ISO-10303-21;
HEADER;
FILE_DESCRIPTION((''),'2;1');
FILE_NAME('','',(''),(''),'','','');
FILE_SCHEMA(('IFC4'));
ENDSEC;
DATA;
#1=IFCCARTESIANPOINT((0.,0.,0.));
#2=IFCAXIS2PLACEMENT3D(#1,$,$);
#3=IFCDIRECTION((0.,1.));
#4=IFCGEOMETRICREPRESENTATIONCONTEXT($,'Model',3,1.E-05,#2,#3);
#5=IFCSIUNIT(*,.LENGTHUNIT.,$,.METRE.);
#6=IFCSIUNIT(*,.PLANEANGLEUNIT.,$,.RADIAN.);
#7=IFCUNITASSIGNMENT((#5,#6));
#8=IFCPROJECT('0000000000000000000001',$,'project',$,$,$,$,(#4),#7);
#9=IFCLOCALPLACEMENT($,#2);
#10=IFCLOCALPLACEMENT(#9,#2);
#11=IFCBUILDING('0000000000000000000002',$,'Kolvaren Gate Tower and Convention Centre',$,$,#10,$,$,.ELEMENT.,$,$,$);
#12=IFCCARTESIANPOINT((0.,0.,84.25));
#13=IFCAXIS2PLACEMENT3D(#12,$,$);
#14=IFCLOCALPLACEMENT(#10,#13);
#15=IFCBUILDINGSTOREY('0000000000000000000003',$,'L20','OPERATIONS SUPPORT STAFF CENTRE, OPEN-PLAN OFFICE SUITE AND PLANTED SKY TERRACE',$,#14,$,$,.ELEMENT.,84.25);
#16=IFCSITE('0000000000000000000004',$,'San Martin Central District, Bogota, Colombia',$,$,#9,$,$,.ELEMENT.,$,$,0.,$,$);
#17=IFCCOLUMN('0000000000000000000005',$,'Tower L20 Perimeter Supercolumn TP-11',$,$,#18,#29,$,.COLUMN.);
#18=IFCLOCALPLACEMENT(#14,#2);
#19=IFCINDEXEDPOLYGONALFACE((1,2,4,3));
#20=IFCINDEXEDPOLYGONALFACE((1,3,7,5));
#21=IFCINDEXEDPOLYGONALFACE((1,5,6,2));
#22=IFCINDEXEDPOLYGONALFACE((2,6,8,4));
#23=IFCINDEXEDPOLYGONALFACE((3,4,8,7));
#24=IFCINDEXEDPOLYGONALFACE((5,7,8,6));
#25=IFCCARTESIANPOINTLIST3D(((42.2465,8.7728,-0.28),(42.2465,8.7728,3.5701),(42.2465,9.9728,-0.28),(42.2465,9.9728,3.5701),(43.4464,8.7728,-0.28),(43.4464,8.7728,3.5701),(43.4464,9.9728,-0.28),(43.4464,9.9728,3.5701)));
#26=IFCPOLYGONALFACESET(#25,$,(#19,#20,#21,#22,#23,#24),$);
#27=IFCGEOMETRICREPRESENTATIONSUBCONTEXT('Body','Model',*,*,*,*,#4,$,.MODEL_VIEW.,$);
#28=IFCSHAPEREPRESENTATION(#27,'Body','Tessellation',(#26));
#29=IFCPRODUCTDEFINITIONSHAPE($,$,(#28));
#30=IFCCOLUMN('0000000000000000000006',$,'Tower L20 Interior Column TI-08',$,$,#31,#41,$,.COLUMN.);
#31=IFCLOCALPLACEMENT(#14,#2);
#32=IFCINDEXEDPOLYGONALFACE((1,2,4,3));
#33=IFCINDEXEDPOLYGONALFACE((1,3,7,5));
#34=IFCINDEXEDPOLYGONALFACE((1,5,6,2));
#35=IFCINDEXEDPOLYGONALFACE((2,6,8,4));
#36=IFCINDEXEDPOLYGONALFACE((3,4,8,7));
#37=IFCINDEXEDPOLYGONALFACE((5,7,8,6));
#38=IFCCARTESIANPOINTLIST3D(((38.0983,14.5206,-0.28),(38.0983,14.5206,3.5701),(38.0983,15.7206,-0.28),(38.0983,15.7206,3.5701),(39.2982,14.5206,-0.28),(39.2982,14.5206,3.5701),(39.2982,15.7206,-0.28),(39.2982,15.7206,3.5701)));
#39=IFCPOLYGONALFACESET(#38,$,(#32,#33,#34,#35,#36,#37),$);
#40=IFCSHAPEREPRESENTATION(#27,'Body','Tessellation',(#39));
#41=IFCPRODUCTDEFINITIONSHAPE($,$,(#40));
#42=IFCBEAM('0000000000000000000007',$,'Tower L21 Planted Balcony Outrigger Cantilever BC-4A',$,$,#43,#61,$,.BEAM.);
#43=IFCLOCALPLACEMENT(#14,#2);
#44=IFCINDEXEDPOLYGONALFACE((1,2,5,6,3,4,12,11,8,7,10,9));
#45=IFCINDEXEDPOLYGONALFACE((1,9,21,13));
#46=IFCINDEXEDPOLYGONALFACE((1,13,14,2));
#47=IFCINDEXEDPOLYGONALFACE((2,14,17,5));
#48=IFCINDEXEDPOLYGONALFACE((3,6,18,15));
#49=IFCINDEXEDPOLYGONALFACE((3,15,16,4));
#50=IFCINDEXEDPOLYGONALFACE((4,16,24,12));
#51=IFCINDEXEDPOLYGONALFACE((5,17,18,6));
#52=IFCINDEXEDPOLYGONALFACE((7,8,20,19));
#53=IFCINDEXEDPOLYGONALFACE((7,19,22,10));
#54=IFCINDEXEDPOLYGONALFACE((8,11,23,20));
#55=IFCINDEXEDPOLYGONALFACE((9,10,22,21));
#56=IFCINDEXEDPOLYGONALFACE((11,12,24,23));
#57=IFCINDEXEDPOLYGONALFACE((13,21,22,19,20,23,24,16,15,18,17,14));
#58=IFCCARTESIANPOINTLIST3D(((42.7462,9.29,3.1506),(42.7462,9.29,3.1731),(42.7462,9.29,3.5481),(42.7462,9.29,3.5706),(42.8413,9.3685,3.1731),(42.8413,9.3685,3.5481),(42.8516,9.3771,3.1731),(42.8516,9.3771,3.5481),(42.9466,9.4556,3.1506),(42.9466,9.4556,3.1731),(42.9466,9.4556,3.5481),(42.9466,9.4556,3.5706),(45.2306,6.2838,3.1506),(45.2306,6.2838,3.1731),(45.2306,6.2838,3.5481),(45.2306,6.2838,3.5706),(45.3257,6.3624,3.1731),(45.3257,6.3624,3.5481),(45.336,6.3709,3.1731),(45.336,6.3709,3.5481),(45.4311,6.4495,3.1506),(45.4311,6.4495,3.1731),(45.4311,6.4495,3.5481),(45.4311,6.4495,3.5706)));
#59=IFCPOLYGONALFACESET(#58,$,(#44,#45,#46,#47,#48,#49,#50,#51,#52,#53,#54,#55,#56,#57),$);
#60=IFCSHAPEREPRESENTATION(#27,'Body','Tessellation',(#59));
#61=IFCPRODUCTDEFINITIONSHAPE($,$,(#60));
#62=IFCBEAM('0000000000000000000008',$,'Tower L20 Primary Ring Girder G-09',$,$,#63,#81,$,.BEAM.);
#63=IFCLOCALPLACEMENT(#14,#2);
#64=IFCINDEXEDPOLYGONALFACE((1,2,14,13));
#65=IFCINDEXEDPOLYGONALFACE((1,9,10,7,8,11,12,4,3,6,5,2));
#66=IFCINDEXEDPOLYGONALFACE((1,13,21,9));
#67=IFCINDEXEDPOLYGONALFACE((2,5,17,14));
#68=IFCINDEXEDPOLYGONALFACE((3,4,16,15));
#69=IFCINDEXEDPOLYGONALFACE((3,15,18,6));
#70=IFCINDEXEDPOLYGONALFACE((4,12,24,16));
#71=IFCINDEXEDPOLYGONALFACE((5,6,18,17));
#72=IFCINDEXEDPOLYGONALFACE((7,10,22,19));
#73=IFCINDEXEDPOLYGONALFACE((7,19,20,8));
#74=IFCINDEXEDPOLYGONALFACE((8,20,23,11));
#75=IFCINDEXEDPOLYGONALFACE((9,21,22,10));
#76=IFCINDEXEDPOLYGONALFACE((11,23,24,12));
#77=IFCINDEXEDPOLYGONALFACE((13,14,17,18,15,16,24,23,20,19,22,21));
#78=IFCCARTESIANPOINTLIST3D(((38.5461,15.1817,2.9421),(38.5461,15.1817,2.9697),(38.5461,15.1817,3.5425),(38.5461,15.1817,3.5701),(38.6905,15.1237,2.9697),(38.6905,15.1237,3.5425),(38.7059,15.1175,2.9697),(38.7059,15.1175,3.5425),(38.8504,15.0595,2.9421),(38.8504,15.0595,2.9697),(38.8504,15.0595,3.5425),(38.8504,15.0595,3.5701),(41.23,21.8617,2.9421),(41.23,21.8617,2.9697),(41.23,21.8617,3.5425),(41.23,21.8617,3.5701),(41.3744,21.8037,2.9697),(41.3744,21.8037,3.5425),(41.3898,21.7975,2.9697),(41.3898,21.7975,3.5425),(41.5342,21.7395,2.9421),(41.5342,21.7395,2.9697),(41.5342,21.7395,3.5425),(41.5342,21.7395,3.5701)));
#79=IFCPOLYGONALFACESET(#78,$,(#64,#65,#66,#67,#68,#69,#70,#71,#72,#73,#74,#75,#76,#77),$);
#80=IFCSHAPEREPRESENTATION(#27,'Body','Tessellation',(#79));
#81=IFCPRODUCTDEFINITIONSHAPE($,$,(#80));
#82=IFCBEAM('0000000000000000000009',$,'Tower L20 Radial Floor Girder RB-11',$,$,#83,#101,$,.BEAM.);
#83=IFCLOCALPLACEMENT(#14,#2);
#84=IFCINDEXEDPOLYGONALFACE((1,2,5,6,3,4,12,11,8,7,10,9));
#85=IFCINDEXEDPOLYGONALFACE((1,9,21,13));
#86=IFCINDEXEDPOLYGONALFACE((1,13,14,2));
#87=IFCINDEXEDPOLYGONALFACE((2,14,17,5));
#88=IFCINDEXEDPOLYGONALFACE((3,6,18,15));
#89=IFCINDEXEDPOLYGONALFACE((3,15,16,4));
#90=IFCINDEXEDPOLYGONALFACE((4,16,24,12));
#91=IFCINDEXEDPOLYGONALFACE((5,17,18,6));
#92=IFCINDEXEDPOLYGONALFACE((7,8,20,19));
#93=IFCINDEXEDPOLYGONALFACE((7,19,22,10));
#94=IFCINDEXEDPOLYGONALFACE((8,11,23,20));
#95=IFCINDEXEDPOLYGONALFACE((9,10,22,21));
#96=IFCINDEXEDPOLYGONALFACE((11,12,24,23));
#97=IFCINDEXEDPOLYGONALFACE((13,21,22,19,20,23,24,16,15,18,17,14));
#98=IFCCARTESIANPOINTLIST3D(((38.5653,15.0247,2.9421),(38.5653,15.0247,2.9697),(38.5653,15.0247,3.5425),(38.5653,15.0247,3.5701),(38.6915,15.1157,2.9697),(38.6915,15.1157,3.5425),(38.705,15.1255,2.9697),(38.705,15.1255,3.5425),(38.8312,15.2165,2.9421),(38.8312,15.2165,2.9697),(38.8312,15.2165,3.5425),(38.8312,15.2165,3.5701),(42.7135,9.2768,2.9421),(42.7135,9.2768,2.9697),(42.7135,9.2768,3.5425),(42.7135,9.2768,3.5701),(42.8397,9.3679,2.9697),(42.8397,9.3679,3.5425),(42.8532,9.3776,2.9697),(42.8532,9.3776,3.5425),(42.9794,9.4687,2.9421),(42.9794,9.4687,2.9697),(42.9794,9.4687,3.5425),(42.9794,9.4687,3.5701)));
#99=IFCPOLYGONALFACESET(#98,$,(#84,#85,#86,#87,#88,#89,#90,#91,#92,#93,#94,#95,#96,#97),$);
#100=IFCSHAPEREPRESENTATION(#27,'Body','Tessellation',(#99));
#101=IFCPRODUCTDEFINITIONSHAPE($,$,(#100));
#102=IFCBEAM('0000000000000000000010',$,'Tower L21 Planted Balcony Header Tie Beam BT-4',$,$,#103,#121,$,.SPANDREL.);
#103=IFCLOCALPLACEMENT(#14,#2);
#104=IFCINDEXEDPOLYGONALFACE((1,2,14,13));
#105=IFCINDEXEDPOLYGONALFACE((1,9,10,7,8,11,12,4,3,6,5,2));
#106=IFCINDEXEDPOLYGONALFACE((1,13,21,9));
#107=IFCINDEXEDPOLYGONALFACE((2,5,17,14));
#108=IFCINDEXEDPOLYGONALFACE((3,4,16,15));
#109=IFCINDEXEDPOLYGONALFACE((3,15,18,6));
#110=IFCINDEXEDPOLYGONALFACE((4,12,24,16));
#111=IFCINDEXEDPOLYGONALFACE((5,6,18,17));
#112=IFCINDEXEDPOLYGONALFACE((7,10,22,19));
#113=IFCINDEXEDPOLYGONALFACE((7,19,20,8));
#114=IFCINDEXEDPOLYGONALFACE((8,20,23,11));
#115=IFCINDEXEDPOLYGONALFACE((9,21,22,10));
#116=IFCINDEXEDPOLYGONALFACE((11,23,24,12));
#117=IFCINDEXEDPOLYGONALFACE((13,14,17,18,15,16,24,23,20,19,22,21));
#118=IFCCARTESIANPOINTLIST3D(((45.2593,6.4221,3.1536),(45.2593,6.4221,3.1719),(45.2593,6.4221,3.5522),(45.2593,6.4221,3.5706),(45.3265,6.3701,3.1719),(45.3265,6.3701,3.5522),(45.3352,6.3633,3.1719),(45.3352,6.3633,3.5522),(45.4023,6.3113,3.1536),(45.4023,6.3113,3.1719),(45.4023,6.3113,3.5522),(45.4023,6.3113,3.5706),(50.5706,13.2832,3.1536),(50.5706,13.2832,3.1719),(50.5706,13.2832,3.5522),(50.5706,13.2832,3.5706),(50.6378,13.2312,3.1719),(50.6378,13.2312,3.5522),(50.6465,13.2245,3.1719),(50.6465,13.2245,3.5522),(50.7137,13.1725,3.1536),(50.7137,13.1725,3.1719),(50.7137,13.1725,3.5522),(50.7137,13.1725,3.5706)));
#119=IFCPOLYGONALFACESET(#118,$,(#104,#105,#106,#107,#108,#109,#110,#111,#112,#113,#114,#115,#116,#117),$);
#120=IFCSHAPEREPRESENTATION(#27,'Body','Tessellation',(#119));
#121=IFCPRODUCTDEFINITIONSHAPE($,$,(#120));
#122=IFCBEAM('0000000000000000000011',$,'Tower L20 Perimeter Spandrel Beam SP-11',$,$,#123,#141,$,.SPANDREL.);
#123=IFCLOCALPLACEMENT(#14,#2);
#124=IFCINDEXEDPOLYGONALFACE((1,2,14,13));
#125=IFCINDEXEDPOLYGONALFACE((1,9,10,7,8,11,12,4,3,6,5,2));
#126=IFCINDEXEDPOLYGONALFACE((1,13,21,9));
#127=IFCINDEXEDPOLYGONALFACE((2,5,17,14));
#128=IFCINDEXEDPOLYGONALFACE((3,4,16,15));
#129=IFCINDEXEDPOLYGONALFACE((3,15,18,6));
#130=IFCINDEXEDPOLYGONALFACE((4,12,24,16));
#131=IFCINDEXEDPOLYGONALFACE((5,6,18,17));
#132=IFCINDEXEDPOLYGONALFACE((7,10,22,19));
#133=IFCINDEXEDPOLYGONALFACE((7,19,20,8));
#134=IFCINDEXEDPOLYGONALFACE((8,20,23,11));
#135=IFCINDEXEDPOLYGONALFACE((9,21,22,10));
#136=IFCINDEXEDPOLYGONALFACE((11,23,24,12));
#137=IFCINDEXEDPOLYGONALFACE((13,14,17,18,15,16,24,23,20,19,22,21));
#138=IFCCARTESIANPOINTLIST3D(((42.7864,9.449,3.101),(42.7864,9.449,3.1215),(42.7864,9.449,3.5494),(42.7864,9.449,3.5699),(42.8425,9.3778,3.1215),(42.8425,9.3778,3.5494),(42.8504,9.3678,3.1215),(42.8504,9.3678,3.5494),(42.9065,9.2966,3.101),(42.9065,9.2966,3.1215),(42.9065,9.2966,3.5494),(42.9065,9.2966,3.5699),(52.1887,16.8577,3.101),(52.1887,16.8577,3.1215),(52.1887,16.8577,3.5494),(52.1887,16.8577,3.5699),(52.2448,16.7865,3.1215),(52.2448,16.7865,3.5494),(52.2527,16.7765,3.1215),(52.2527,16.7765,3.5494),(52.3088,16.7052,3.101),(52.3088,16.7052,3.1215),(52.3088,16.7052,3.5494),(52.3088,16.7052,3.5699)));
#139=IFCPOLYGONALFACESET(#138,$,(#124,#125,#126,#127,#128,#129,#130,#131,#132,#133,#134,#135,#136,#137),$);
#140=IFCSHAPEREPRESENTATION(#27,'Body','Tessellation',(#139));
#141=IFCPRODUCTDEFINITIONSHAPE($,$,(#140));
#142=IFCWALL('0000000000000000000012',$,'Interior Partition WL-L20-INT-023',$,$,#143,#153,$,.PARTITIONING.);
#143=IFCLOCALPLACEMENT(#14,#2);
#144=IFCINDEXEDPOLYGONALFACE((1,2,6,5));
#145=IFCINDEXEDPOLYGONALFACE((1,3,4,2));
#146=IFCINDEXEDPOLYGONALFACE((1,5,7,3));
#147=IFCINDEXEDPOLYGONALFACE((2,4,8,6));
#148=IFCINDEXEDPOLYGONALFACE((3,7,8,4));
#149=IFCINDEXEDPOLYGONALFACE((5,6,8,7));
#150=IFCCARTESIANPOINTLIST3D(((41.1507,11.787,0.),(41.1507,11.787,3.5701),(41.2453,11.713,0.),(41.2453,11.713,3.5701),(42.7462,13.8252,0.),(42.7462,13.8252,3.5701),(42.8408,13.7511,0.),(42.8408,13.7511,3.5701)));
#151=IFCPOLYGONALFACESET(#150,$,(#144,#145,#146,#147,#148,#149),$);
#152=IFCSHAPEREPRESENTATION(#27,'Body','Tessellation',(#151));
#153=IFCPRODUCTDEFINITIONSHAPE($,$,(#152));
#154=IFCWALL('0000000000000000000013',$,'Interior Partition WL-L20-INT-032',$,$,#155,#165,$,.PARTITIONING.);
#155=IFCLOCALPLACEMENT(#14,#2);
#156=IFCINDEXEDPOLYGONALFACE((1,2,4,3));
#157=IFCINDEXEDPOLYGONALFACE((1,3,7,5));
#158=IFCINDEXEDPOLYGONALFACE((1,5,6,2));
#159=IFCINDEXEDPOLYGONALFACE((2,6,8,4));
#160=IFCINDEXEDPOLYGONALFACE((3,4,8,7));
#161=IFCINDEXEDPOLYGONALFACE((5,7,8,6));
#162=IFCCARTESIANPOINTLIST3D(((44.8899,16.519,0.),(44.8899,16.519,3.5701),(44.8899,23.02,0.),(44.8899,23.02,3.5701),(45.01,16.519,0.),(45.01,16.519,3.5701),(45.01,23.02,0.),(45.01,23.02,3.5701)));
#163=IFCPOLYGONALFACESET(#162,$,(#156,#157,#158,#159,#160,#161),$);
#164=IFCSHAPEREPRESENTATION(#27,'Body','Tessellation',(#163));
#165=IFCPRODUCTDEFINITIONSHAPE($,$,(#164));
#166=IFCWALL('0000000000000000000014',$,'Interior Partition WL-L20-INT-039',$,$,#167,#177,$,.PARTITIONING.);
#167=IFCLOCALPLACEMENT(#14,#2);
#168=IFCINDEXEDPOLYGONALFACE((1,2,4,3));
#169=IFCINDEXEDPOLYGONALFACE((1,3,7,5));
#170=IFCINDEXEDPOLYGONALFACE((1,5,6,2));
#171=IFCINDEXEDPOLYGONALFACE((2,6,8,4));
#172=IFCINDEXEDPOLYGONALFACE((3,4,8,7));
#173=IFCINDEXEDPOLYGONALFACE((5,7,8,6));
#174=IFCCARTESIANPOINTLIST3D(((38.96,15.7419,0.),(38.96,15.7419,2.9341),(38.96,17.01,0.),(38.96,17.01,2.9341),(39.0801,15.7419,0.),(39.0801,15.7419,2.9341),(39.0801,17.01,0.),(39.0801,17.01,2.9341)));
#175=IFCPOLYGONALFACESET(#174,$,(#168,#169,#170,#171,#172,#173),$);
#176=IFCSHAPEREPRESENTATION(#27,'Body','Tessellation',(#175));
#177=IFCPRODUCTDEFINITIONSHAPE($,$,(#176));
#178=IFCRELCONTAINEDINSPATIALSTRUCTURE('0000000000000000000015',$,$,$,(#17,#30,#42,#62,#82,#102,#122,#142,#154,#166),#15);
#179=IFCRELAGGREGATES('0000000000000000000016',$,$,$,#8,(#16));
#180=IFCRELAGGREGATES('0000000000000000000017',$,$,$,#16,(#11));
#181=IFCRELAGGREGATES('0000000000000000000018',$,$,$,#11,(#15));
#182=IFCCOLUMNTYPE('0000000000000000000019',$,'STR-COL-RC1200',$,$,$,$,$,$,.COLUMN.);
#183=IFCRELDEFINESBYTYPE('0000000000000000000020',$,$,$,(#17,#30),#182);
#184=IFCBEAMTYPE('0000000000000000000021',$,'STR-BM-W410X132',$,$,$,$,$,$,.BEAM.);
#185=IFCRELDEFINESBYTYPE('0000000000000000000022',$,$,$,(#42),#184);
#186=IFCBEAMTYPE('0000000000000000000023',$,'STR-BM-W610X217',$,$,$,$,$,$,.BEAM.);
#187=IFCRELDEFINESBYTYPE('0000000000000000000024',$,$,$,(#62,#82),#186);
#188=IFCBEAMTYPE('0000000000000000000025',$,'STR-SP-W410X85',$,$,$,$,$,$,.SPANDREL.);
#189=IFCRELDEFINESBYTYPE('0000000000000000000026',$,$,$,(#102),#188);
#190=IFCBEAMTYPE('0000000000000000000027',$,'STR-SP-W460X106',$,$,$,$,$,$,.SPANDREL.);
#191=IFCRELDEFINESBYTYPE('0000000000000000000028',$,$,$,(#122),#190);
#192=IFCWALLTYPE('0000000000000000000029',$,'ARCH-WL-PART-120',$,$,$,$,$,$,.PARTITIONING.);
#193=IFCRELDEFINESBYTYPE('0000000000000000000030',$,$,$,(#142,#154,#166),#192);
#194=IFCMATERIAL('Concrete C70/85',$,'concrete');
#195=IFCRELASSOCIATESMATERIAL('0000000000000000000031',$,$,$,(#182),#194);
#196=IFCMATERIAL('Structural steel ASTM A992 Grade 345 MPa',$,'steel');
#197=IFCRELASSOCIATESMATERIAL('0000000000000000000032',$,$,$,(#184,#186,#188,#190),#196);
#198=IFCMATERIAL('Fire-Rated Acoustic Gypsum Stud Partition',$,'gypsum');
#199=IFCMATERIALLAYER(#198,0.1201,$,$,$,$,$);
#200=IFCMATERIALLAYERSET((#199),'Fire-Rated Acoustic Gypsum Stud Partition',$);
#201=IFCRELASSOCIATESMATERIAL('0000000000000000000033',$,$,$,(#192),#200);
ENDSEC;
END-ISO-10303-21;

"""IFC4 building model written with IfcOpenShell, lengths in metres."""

from ifc_helpers import new_model, si_unit, direction, frame, frame_2d, origin, origin_2d, place, context, subcontext, project, spatial, rectangle, i_section, extrude, material, layer, layer_set, material_profile, profile_set, type_object, element, save


model = new_model("IFC4")

# Units and contexts
model_context = context("Model", 3, precision=1e-05, world=origin(), true_north=direction((0.0, 1.0)))
body_context = subcontext(model_context, "Body", "Model", "MODEL_VIEW")
ifc_project = project(units=[si_unit("LENGTHUNIT", "METRE"), si_unit("PLANEANGLEUNIT", "RADIAN")], contexts=[model_context])

# Site, building, storey
site_placement = place(None, origin())
site = spatial("IfcSite", under=ifc_project, at=site_placement, Name="San Martin Central District, Bogota, Colombia", CompositionType="ELEMENT", RefElevation=0.0)
building_placement = place(site_placement, origin())
building = spatial("IfcBuilding", under=site, at=building_placement, Name="Kolvaren Gate Tower and Convention Centre", CompositionType="ELEMENT")
storey_placement = place(building_placement, frame((0.0, 0.0, 84.25)))
storey = spatial("IfcBuildingStorey", under=building, at=storey_placement, Name="L20", Description="OPERATIONS SUPPORT STAFF CENTRE, OPEN-PLAN OFFICE SUITE AND PLANTED SKY TERRACE", CompositionType="ELEMENT", Elevation=84.25)

# Columns
ifc_material_1 = material(Name="Concrete C70/85", Category="concrete")
ifc_material_profile_1 = material_profile(ifc_material_1, rectangle(XDim=1.2, YDim=1.2, at=origin_2d()), Name="RC-COL-1200X1200")
ifc_profile_set_1 = profile_set([ifc_material_profile_1], Name="Concrete C70/85")
column_type = type_object("IfcColumnType", Name="STR-COL-RC1200", PredefinedType="COLUMN", material=ifc_profile_set_1)
for number, where, z_axis, x_axis, name in (
    (1, (42.8464, 9.3728, -0.28), (0.0, 0.0, 1.0), (1.0, 0.0, 0.0), "Tower L20 Perimeter Supercolumn TP-11"),
    (2, (38.6982, 15.1206, -0.28), (0.0, 0.0, 1.0), (1.0, 0.0, 0.0), "Tower L20 Interior Column TI-08"),
):
    element("IfcColumn", number, at=place(storey_placement, frame(where, z_axis=z_axis, x_axis=x_axis)), inside=storey, type_object=column_type, Name=name, PredefinedType="COLUMN", context=body_context, shape_type="SweptSolid", body=[
        extrude(rectangle(XDim=1.2, YDim=1.2, at=origin_2d()), origin(), (0.0, 0.0, 1.0), 3.8501),
    ])

# Beams
ifc_material_2 = material(Name="Structural steel ASTM A992 Grade 345 MPa", Category="steel")
ifc_material_profile_2 = material_profile(ifc_material_2, i_section(OverallWidth=0.26, OverallDepth=0.4199, WebThickness=0.0134, FlangeThickness=0.0225, at=origin_2d()), Name="W410X132")
ifc_profile_set_2 = profile_set([ifc_material_profile_2], Name="Structural steel ASTM A992 Grade 345 MPa")
beam_type_1 = type_object("IfcBeamType", Name="STR-BM-W410X132", PredefinedType="BEAM", material=ifc_profile_set_2)
beam_1_placement = place(storey_placement, frame((42.8464, 9.3728, 3.3606), z_axis=(0.637045, -0.770827, 0.0), x_axis=(0.770827, 0.637045, 0.0)))
element("IfcBeam", 3, at=beam_1_placement, inside=storey, type_object=beam_type_1, Name="Tower L21 Planted Balcony Outrigger Cantilever BC-4A", PredefinedType="BEAM", context=body_context, shape_type="SweptSolid", body=[
    extrude(i_section(OverallWidth=0.26, OverallDepth=0.4199, WebThickness=0.0134, FlangeThickness=0.0225, at=origin_2d()), origin(), (0.0, 0.0, 1.0), 3.8999),
])
ifc_material_profile_3 = material_profile(ifc_material_2, i_section(OverallWidth=0.3279, OverallDepth=0.6279, WebThickness=0.0166, FlangeThickness=0.0276, at=origin_2d()), Name="W610X217")
ifc_profile_set_3 = profile_set([ifc_material_profile_3], Name="Structural steel ASTM A992 Grade 345 MPa")
beam_type_2 = type_object("IfcBeamType", Name="STR-BM-W610X217", PredefinedType="BEAM", material=ifc_profile_set_3)
beam_2_placement = place(storey_placement, frame((38.6982, 15.1206, 3.2561), z_axis=(0.372811, 0.927907, 0.0), x_axis=(-0.927907, 0.372811, 0.0)))
element("IfcBeam", 4, at=beam_2_placement, inside=storey, type_object=beam_type_2, Name="Tower L20 Primary Ring Girder G-09", PredefinedType="BEAM", context=body_context, shape_type="SweptSolid", body=[
    extrude(i_section(OverallWidth=0.3279, OverallDepth=0.6279, WebThickness=0.0166, FlangeThickness=0.0276, at=origin_2d()), origin(), (0.0, 0.0, 1.0), 7.199),
])
beam_3_placement = place(storey_placement, frame((38.6982, 15.1206, 3.2561), z_axis=(0.585213, -0.81088, 0.0), x_axis=(0.81088, 0.585213, 0.0)))
element("IfcBeam", 5, at=beam_3_placement, inside=storey, type_object=beam_type_2, Name="Tower L20 Radial Floor Girder RB-11", PredefinedType="BEAM", context=body_context, shape_type="SweptSolid", body=[
    extrude(i_section(OverallWidth=0.3279, OverallDepth=0.6279, WebThickness=0.0166, FlangeThickness=0.0276, at=origin_2d()), origin(), (0.0, 0.0, 1.0), 7.0884),
])
ifc_material_profile_4 = material_profile(ifc_material_2, i_section(OverallWidth=0.1809, OverallDepth=0.417, WebThickness=0.011, FlangeThickness=0.0183, at=origin_2d()), Name="W410X85")
ifc_profile_set_4 = profile_set([ifc_material_profile_4], Name="Structural steel ASTM A992 Grade 345 MPa")
beam_type_3 = type_object("IfcBeamType", Name="STR-SP-W410X85", PredefinedType="SPANDREL", material=ifc_profile_set_4)
beam_4_placement = place(storey_placement, frame((45.3308, 6.3667, 3.3621), z_axis=(0.612135, 0.790753, 0.0), x_axis=(-0.790753, 0.612135, 0.0)))
element("IfcBeam", 6, at=beam_4_placement, inside=storey, type_object=beam_type_3, Name="Tower L21 Planted Balcony Header Tie Beam BT-4", PredefinedType="SPANDREL", context=body_context, shape_type="SweptSolid", body=[
    extrude(i_section(OverallWidth=0.1809, OverallDepth=0.417, WebThickness=0.011, FlangeThickness=0.0183, at=origin_2d()), origin(), (0.0, 0.0, 1.0), 8.6768),
])
ifc_material_profile_5 = material_profile(ifc_material_2, i_section(OverallWidth=0.1941, OverallDepth=0.469, WebThickness=0.0127, FlangeThickness=0.0205, at=origin_2d()), Name="W460X106")
ifc_profile_set_5 = profile_set([ifc_material_profile_5], Name="Structural steel ASTM A992 Grade 345 MPa")
beam_type_4 = type_object("IfcBeamType", Name="STR-SP-W460X106", PredefinedType="SPANDREL", material=ifc_profile_set_5)
beam_5_placement = place(storey_placement, frame((42.8464, 9.3728, 3.3354), z_axis=(0.78546, 0.618913, 0.0), x_axis=(-0.618913, 0.78546, 0.0)))
element("IfcBeam", 7, at=beam_5_placement, inside=storey, type_object=beam_type_4, Name="Tower L20 Perimeter Spandrel Beam SP-11", PredefinedType="SPANDREL", context=body_context, shape_type="SweptSolid", body=[
    extrude(i_section(OverallWidth=0.1941, OverallDepth=0.469, WebThickness=0.0127, FlangeThickness=0.0205, at=origin_2d()), origin(), (0.0, 0.0, 1.0), 11.9705),
])

# Walls
ifc_material_3 = material(Name="Fire-Rated Acoustic Gypsum Stud Partition", Category="gypsum")
ifc_layer_1 = layer(ifc_material_3, 0.1201)
ifc_layer_set_1 = layer_set([ifc_layer_1], Name="Fire-Rated Acoustic Gypsum Stud Partition")
wall_type_1 = type_object("IfcWallType", Name="ARCH-WL-PART-120", PredefinedType="PARTITIONING", material=ifc_layer_set_1)
wall_1_placement = place(storey_placement, frame((41.198, 11.75, 0.0), z_axis=(0.0, 0.0, 1.0), x_axis=(0.616413, 0.787423, 0.0)))
element("IfcWall", 8, at=wall_1_placement, inside=storey, type_object=wall_type_1, Name="Interior Partition WL-L20-INT-023", PredefinedType="PARTITIONING", context=body_context, shape_type="SweptSolid", body=[
    extrude(rectangle(XDim=2.5884, YDim=0.1201, at=frame_2d((1.2942, 0.0))), origin(), (0.0, 0.0, 1.0), 3.5701),
])
wall_2_placement = place(storey_placement, frame((44.95, 16.519, 0.0), z_axis=(0.0, 0.0, 1.0), x_axis=(0.0, 1.0, 0.0)))
element("IfcWall", 9, at=wall_2_placement, inside=storey, type_object=wall_type_1, Name="Interior Partition WL-L20-INT-032", PredefinedType="PARTITIONING", context=body_context, shape_type="SweptSolid", body=[
    extrude(rectangle(XDim=6.501, YDim=0.1201, at=frame_2d((3.2505, 0.0))), origin(), (0.0, 0.0, 1.0), 3.5701),
])
wall_3_placement = place(storey_placement, frame((39.02, 15.7419, 0.0), z_axis=(0.0, 0.0, 1.0), x_axis=(0.0, 1.0, 0.0)))
element("IfcWall", 10, at=wall_3_placement, inside=storey, type_object=wall_type_1, Name="Interior Partition WL-L20-INT-039", PredefinedType="PARTITIONING", context=body_context, shape_type="SweptSolid", body=[
    extrude(rectangle(XDim=1.2681, YDim=0.1201, at=frame_2d((0.634, 0.0))), origin(), (0.0, 0.0, 1.0), 2.9341),
])

save(model, "model.ifc")
